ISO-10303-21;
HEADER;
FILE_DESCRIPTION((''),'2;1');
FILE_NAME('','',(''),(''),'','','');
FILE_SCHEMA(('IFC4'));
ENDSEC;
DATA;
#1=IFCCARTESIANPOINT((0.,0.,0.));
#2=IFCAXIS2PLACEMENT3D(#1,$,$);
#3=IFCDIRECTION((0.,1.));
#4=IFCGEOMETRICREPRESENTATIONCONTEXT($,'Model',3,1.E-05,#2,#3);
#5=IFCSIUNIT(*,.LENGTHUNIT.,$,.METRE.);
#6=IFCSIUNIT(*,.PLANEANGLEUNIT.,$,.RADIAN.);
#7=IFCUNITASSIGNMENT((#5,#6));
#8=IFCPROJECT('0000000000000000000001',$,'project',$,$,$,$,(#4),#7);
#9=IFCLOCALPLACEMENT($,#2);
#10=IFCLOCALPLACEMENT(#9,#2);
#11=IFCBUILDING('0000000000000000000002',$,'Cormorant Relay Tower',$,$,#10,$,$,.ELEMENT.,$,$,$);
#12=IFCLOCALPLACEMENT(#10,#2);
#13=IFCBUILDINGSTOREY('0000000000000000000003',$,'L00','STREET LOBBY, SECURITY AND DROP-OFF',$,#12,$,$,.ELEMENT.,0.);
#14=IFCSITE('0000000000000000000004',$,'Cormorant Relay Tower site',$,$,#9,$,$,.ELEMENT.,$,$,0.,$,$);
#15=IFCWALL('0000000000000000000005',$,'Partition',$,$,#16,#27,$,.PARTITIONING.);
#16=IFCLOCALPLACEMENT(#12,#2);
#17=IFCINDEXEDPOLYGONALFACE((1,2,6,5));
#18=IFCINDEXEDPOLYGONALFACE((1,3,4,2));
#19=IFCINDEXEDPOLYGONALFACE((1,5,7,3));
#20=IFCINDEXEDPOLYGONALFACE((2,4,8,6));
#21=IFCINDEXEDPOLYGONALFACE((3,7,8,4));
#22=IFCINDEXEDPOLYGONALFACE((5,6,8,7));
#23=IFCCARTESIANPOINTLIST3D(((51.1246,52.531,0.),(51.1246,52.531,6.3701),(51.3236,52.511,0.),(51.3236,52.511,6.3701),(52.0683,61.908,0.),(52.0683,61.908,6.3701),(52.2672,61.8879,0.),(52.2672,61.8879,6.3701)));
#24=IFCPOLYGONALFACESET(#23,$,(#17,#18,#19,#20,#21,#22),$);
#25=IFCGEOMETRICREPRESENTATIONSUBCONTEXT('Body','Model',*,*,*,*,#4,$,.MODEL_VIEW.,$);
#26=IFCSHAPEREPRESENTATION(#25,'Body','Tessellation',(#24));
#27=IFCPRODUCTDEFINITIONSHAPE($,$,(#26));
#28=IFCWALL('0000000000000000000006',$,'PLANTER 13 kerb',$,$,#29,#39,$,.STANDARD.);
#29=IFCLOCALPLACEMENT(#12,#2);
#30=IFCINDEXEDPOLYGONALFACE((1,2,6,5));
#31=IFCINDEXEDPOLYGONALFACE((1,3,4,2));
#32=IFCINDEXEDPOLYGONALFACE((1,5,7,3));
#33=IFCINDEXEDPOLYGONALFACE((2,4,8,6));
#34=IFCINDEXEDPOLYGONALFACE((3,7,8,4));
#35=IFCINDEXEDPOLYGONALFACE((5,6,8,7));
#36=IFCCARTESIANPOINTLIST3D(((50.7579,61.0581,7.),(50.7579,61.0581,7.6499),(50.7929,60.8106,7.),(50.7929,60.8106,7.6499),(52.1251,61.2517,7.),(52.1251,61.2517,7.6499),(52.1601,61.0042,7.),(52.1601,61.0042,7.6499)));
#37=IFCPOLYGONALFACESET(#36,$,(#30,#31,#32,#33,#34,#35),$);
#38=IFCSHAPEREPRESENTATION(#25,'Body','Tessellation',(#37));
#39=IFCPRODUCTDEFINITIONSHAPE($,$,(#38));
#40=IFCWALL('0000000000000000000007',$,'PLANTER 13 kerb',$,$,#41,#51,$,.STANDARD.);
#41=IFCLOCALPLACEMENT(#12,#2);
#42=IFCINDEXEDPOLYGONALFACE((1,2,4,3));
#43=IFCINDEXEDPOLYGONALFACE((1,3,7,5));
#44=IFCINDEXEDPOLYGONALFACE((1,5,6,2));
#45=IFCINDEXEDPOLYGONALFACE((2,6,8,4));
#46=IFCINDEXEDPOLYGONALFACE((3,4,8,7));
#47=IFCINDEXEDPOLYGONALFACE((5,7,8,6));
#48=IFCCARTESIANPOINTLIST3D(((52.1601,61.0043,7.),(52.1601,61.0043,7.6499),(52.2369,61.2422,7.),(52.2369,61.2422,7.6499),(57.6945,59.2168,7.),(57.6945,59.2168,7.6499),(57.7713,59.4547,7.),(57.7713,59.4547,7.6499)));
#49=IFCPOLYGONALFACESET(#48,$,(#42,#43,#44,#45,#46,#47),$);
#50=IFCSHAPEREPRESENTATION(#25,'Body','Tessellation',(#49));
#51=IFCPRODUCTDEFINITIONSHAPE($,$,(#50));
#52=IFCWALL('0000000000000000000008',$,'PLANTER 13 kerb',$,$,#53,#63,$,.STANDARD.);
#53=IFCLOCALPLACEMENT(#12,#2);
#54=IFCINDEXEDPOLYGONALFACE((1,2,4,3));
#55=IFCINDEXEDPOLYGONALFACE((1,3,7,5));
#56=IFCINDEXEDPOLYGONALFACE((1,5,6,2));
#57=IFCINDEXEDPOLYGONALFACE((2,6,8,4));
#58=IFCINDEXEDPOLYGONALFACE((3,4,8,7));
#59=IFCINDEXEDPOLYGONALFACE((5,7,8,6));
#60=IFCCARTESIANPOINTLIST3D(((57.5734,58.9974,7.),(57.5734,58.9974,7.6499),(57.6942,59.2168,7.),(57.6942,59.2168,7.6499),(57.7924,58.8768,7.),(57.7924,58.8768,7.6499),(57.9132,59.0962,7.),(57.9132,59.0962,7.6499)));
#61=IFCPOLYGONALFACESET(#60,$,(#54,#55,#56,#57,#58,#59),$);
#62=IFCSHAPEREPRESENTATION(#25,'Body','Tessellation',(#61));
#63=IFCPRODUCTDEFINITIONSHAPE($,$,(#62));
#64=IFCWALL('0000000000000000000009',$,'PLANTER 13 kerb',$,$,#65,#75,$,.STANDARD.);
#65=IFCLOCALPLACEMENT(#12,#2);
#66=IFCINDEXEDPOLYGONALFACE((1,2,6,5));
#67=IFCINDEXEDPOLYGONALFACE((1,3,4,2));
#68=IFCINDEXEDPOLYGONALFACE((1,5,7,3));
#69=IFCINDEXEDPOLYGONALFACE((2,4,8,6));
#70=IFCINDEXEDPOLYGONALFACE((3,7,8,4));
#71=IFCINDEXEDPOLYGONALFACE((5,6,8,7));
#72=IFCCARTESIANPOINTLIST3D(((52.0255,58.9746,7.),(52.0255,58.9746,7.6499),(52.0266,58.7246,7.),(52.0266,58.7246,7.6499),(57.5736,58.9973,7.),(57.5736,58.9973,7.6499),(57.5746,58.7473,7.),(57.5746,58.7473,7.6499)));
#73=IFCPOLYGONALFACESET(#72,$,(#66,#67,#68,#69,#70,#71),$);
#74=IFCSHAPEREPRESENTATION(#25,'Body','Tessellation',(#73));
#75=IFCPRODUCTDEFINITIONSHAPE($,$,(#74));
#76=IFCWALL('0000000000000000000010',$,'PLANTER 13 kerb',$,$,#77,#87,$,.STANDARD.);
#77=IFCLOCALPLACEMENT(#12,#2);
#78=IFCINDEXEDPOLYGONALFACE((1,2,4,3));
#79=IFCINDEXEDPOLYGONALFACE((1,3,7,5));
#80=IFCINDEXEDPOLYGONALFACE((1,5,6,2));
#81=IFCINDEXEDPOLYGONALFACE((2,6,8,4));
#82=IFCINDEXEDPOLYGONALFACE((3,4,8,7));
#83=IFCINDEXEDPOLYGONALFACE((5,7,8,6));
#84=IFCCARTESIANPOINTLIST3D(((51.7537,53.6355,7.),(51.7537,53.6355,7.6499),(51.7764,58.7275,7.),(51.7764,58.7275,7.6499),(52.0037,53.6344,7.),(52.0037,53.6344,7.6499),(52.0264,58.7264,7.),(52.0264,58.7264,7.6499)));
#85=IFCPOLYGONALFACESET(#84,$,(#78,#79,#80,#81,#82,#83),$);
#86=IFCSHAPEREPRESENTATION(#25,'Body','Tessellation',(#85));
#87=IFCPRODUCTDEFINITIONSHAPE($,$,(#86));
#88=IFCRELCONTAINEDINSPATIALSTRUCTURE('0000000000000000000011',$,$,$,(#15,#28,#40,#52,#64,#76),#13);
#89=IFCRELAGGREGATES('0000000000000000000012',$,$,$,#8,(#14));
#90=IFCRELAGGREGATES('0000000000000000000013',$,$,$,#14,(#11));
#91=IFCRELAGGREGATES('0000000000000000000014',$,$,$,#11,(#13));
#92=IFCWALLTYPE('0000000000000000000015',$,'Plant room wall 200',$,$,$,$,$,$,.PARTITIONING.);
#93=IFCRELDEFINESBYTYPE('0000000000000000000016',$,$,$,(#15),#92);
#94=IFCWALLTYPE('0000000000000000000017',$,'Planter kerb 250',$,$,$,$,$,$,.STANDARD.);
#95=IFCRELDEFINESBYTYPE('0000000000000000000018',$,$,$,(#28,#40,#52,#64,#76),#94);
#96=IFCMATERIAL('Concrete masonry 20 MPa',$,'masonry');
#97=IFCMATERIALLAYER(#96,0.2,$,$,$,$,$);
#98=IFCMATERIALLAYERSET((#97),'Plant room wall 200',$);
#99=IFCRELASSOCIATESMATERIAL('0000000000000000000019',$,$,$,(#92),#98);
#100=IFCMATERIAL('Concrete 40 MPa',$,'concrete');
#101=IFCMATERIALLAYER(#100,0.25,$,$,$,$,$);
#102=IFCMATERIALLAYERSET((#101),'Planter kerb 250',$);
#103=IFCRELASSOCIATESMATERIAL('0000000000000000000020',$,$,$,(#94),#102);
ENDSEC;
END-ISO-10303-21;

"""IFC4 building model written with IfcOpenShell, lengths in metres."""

from ifc_helpers import new_model, si_unit, direction, frame, frame_2d, origin, place, context, subcontext, project, spatial, rectangle, extrude, material, layer, layer_set, type_object, element, save


model = new_model("IFC4")

# Units and contexts
model_context = context("Model", 3, precision=1e-05, world=origin(), true_north=direction((0.0, 1.0)))
body_context = subcontext(model_context, "Body", "Model", "MODEL_VIEW")
ifc_project = project(units=[si_unit("LENGTHUNIT", "METRE"), si_unit("PLANEANGLEUNIT", "RADIAN")], contexts=[model_context])

# Site, building, storey
site_placement = place(None, origin())
site = spatial("IfcSite", under=ifc_project, at=site_placement, Name="Cormorant Relay Tower site", CompositionType="ELEMENT", RefElevation=0.0)
building_placement = place(site_placement, origin())
building = spatial("IfcBuilding", under=site, at=building_placement, Name="Cormorant Relay Tower", CompositionType="ELEMENT")
storey_placement = place(building_placement, origin())
storey = spatial("IfcBuildingStorey", under=building, at=storey_placement, Name="L00", Description="STREET LOBBY, SECURITY AND DROP-OFF", CompositionType="ELEMENT", Elevation=0.0)

# Walls
ifc_material_1 = material(Name="Concrete masonry 20 MPa", Category="masonry")
ifc_layer_1 = layer(ifc_material_1, 0.2)
ifc_layer_set_1 = layer_set([ifc_layer_1], Name="Plant room wall 200")
wall_type_1 = type_object("IfcWallType", Name="Plant room wall 200", PredefinedType="PARTITIONING", material=ifc_layer_set_1)
wall_1_placement = place(storey_placement, frame((52.1677, 61.8979, 0.0), z_axis=(0.0, 0.0, 1.0), x_axis=(-0.100124, -0.994975, 0.0)))
element("IfcWall", 1, at=wall_1_placement, inside=storey, type_object=wall_type_1, Name="Partition", PredefinedType="PARTITIONING", context=body_context, shape_type="SweptSolid", body=[
    extrude(rectangle(XDim=9.4243, YDim=0.2, at=frame_2d((4.7122, 0.0))), origin(), (0.0, 0.0, 1.0), 6.3701),
])
ifc_material_2 = material(Name="Concrete 40 MPa", Category="concrete")
ifc_layer_2 = layer(ifc_material_2, 0.25)
ifc_layer_set_2 = layer_set([ifc_layer_2], Name="Planter kerb 250")
wall_type_2 = type_object("IfcWallType", Name="Planter kerb 250", PredefinedType="STANDARD", material=ifc_layer_set_2)
wall_2_placement = place(storey_placement, frame((50.7754, 60.9343, 7.0), z_axis=(0.0, 0.0, 1.0), x_axis=(0.990122, 0.140208, 0.0)))
element("IfcWall", 2, at=wall_2_placement, inside=storey, type_object=wall_type_2, Name="PLANTER 13 kerb", PredefinedType="STANDARD", context=body_context, shape_type="SweptSolid", body=[
    extrude(rectangle(XDim=1.3809, YDim=0.25, at=frame_2d((0.6904, 0.0))), origin(), (0.0, 0.0, 1.0), 0.6499),
])
wall_3_placement = place(storey_placement, frame((52.1985, 61.1233, 7.0), z_axis=(0.0, 0.0, 1.0), x_axis=(0.951593, -0.307361, 0.0)))
element("IfcWall", 3, at=wall_3_placement, inside=storey, type_object=wall_type_2, Name="PLANTER 13 kerb", PredefinedType="STANDARD", context=body_context, shape_type="SweptSolid", body=[
    extrude(rectangle(XDim=5.8159, YDim=0.25, at=frame_2d((2.908, 0.0))), origin(), (0.0, 0.0, 1.0), 0.6499),
])
wall_4_placement = place(storey_placement, frame((57.8037, 59.1565, 7.0), z_axis=(0.0, 0.0, 1.0), x_axis=(-0.48233, -0.87599, 0.0)))
element("IfcWall", 4, at=wall_4_placement, inside=storey, type_object=wall_type_2, Name="PLANTER 13 kerb", PredefinedType="STANDARD", context=body_context, shape_type="SweptSolid", body=[
    extrude(rectangle(XDim=0.2505, YDim=0.25, at=frame_2d((0.1252, 0.0))), origin(), (0.0, 0.0, 1.0), 0.6499),
])
wall_5_placement = place(storey_placement, frame((57.574, 58.8723, 7.0), z_axis=(0.0, 0.0, 1.0), x_axis=(-0.999992, -0.004092, 0.0)))
element("IfcWall", 5, at=wall_5_placement, inside=storey, type_object=wall_type_2, Name="PLANTER 13 kerb", PredefinedType="STANDARD", context=body_context, shape_type="SweptSolid", body=[
    extrude(rectangle(XDim=5.5481, YDim=0.25, at=frame_2d((2.7739, 0.0))), origin(), (0.0, 0.0, 1.0), 0.6499),
])
wall_6_placement = place(storey_placement, frame((51.9014, 58.7268, 7.0), z_axis=(0.0, 0.0, 1.0), x_axis=(-0.004459, -0.99999, 0.0)))
element("IfcWall", 6, at=wall_6_placement, inside=storey, type_object=wall_type_2, Name="PLANTER 13 kerb", PredefinedType="STANDARD", context=body_context, shape_type="SweptSolid", body=[
    extrude(rectangle(XDim=5.092, YDim=0.25, at=frame_2d((2.5459, 0.0))), origin(), (0.0, 0.0, 1.0), 0.6499),
])

save(model, "model.ifc")
